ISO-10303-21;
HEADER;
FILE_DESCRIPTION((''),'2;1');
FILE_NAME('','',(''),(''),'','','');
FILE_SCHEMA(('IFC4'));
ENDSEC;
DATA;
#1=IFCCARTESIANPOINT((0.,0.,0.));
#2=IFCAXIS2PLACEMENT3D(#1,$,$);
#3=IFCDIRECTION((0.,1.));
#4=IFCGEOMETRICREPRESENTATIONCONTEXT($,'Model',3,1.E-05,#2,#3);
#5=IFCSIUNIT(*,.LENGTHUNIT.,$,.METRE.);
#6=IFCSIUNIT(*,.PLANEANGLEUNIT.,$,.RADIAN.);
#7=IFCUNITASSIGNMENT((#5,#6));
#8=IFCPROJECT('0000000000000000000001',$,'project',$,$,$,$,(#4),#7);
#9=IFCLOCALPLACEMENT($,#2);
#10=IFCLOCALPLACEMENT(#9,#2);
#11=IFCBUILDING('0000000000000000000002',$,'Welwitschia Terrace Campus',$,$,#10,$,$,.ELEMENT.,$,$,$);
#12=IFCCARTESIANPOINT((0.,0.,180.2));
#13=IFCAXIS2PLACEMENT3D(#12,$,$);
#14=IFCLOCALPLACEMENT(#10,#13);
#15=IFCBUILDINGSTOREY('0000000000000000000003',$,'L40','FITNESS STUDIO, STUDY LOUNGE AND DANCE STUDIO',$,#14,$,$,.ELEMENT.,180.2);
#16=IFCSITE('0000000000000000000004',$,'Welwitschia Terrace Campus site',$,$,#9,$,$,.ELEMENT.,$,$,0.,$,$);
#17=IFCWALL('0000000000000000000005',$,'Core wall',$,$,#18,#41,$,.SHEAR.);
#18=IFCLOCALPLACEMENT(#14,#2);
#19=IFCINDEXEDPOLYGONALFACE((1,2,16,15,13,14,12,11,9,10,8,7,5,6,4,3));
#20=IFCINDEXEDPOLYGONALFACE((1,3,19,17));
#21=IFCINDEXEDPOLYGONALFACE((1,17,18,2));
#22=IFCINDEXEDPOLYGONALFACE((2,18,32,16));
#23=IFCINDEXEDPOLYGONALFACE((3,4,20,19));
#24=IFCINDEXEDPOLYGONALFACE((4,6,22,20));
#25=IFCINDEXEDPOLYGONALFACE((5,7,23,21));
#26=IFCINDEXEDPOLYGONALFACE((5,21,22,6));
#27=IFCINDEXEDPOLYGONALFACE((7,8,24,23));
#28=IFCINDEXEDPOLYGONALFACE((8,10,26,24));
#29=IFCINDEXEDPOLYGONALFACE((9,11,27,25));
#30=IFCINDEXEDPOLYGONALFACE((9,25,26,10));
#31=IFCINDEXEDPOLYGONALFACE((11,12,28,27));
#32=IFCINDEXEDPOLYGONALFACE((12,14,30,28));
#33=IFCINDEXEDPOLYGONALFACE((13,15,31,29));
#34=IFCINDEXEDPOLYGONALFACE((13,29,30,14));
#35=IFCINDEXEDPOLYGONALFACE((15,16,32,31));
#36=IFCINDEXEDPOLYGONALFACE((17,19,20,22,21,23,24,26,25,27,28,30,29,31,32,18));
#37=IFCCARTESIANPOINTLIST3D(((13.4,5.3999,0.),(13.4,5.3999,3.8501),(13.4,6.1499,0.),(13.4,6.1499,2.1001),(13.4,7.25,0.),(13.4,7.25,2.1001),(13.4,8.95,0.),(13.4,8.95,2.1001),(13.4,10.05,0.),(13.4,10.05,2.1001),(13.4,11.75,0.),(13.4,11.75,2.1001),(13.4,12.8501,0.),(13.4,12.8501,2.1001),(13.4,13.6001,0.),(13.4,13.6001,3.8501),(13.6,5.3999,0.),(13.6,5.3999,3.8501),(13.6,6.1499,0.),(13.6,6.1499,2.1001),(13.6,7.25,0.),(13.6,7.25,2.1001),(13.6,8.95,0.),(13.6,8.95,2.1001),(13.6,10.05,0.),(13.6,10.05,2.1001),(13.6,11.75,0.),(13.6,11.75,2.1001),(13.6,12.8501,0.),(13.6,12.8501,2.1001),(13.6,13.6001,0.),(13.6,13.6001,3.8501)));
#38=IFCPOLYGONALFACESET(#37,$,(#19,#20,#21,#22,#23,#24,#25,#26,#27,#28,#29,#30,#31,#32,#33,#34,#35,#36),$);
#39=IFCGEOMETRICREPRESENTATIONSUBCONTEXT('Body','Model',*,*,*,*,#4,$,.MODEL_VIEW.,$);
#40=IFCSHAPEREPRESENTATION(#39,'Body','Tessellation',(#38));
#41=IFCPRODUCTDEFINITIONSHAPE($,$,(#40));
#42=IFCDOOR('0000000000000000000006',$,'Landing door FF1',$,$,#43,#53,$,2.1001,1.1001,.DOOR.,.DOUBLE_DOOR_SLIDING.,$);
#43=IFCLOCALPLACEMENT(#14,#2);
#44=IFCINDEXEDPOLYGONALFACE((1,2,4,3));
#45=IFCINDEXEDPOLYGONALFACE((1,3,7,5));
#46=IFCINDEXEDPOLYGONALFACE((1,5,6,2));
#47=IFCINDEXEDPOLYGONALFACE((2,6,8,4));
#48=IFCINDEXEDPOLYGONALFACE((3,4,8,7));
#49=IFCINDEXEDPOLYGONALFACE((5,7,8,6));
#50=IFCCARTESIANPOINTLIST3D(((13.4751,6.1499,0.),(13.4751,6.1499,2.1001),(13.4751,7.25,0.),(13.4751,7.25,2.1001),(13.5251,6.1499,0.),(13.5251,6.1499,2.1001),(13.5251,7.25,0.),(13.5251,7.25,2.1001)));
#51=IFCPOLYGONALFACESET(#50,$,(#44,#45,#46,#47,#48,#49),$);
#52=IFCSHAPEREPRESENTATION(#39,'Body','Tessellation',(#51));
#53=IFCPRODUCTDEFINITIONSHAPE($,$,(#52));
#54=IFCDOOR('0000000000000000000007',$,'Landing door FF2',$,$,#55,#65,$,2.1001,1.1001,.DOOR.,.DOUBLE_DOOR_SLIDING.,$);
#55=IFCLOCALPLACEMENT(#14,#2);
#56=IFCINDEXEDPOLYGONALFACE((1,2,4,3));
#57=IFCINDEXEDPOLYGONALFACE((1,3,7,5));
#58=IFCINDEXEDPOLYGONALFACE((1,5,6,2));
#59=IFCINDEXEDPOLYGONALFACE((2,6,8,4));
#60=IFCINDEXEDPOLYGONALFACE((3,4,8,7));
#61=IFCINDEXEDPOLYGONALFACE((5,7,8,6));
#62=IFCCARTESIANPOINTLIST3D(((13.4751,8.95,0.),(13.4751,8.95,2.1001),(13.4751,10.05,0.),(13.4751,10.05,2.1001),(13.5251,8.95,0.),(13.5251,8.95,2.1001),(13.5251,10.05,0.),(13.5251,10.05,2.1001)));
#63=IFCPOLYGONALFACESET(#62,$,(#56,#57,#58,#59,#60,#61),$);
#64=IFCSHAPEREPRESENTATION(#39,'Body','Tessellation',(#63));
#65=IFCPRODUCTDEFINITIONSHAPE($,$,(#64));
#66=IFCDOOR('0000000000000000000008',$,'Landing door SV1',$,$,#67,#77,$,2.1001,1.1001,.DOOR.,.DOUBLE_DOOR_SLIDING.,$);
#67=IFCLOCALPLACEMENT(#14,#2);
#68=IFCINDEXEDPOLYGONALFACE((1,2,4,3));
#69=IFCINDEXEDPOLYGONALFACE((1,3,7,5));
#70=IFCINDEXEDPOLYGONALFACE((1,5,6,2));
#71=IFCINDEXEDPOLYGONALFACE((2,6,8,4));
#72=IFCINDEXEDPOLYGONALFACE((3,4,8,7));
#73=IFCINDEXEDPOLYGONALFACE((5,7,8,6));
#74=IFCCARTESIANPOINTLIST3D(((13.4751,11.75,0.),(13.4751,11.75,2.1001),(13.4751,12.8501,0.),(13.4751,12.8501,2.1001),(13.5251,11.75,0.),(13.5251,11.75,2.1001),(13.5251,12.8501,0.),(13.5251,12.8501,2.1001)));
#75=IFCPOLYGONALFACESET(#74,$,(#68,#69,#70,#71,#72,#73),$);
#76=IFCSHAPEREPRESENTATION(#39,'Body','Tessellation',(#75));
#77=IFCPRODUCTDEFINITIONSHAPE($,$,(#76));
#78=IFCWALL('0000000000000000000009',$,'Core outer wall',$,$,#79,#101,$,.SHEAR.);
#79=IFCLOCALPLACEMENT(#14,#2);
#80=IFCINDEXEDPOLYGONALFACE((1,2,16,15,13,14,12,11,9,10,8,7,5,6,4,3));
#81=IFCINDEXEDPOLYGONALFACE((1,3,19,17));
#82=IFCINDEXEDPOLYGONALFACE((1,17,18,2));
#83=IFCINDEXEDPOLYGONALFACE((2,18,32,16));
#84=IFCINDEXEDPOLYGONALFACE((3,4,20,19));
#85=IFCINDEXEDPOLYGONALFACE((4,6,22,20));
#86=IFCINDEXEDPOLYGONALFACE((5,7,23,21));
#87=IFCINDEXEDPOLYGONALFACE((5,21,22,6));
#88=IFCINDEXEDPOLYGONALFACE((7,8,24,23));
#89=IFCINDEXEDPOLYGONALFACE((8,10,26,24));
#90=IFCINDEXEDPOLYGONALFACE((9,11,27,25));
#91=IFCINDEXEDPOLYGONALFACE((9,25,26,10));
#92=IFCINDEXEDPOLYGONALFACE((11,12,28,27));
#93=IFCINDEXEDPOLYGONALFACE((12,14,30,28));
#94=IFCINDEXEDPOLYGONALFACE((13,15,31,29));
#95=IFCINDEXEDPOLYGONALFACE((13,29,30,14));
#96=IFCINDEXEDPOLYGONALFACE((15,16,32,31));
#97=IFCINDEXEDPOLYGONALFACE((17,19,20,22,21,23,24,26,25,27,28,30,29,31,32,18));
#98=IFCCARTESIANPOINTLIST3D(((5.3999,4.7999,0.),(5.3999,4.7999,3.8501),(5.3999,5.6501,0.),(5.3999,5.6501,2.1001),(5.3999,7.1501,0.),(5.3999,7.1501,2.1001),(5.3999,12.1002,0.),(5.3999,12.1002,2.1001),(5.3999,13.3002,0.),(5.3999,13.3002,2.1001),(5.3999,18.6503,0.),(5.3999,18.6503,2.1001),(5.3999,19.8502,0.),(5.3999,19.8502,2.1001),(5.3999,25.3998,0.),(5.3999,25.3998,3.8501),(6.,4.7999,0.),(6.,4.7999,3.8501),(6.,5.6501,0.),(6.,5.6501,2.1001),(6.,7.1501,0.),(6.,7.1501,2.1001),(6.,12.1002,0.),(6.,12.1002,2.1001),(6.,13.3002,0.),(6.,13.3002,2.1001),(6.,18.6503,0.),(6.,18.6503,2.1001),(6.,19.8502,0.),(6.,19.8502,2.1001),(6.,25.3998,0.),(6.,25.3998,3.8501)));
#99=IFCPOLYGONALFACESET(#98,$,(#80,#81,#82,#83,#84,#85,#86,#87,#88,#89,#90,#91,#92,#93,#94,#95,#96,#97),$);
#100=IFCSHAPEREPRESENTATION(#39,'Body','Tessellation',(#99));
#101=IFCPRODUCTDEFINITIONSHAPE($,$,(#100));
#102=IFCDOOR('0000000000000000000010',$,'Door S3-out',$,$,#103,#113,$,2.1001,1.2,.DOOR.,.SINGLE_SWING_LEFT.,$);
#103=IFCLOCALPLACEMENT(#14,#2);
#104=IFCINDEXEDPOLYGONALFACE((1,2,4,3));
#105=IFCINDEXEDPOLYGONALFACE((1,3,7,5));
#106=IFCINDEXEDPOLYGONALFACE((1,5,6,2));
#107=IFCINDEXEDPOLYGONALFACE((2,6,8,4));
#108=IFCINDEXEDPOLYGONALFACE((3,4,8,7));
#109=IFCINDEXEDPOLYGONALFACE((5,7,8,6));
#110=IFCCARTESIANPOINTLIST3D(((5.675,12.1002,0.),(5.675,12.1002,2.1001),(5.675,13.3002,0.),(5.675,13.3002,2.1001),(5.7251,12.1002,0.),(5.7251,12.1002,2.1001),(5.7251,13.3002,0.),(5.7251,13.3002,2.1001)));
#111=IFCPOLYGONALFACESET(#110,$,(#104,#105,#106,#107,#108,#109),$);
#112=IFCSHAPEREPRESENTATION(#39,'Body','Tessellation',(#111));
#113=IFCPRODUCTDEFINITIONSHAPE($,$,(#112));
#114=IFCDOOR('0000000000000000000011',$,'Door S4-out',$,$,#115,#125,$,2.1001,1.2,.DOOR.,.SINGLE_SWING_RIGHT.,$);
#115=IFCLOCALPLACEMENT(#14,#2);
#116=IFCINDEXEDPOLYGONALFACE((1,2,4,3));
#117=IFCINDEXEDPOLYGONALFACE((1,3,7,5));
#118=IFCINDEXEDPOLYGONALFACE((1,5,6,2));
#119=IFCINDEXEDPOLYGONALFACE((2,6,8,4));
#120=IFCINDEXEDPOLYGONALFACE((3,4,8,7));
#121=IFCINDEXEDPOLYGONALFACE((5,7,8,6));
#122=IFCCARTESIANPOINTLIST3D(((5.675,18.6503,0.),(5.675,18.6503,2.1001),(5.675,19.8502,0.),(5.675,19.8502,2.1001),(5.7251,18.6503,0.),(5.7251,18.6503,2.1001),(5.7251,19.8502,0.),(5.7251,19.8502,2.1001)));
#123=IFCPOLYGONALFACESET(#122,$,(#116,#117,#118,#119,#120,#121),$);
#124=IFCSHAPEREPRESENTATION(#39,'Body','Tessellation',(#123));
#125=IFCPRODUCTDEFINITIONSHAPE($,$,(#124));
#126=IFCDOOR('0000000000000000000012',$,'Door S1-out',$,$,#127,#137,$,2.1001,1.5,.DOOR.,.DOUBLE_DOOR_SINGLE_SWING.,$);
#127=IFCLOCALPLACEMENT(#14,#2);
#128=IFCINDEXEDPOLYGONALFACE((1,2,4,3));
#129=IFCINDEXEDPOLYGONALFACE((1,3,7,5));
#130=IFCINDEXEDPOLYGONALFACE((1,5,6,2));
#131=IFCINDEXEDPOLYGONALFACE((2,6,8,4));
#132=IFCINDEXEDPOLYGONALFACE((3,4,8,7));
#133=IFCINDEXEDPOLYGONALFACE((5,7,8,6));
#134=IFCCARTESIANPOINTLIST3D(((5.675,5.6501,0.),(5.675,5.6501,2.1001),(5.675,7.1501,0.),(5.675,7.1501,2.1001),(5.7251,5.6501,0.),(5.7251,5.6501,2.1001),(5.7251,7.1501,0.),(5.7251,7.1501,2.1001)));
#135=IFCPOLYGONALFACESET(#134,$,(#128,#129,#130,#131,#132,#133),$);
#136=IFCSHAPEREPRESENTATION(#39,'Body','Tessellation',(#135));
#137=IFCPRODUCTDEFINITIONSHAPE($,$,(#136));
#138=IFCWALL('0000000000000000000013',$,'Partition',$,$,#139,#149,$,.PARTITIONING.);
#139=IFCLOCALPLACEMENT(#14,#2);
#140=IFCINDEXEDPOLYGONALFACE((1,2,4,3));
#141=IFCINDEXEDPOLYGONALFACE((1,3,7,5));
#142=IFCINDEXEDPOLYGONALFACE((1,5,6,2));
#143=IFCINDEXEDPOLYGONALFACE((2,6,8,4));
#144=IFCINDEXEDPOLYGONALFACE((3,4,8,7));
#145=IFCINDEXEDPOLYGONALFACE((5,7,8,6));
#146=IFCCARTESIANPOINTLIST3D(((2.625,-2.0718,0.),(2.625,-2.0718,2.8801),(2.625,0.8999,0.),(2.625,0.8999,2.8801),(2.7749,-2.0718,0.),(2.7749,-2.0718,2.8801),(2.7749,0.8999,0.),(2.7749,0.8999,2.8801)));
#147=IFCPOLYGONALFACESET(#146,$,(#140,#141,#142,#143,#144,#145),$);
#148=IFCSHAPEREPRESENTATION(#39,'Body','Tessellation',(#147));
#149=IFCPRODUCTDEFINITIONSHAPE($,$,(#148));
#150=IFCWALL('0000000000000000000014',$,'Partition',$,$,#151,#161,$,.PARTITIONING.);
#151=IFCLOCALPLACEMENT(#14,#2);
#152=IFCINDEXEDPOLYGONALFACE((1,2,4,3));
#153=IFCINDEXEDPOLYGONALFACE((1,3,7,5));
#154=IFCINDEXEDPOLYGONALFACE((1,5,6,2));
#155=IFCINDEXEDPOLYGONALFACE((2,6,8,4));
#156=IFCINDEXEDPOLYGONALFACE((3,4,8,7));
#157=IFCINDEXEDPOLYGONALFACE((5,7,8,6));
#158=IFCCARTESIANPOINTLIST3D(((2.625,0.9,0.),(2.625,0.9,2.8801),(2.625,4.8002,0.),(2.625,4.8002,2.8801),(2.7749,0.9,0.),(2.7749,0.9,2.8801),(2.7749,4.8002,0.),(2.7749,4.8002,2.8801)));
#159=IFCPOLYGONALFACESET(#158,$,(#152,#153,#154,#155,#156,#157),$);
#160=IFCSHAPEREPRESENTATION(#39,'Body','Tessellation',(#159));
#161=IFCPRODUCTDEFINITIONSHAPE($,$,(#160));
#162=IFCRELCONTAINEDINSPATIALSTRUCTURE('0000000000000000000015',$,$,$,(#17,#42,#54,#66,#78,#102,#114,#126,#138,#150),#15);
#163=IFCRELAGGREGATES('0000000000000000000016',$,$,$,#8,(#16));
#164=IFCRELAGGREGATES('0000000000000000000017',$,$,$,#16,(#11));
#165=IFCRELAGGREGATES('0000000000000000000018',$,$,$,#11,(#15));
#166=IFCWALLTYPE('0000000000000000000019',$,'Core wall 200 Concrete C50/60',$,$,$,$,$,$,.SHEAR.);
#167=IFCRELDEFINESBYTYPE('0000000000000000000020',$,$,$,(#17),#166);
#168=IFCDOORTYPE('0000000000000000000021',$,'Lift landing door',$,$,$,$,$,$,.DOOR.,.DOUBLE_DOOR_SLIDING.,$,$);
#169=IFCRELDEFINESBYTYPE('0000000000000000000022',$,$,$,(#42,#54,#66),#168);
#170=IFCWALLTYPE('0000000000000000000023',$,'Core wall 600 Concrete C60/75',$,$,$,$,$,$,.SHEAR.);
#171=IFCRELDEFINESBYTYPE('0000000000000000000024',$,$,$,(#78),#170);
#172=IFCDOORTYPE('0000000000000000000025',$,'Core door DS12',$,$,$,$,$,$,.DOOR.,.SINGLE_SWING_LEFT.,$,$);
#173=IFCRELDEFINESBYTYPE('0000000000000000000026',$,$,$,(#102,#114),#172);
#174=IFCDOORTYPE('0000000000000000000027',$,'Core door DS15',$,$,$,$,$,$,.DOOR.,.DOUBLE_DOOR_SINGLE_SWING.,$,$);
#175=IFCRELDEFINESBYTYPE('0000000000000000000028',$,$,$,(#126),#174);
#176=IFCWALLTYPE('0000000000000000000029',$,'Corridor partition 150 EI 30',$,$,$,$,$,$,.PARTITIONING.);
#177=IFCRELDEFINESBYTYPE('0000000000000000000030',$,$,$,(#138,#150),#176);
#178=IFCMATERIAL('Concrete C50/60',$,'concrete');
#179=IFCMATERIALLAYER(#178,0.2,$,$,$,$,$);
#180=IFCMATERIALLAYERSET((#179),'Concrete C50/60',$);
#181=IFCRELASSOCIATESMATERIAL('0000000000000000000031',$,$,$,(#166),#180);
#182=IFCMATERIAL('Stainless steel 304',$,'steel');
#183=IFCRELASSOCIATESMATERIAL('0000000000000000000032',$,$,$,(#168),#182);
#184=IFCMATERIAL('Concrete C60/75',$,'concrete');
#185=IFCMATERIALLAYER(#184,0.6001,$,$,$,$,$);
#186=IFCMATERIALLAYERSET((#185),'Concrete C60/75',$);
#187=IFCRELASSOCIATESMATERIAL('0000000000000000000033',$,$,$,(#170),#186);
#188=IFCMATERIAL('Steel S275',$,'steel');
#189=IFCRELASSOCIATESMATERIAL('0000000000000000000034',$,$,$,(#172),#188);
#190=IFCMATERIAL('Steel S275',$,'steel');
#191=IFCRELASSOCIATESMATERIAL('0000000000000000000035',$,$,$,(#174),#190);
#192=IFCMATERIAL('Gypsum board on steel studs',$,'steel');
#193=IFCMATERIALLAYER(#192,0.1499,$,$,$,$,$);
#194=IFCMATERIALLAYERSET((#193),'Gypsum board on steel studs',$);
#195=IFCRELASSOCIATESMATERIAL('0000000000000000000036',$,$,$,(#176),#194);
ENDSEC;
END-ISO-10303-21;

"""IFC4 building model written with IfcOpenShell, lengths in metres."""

from ifc_helpers import new_model, si_unit, direction, frame, frame_2d, origin, place, context, subcontext, project, spatial, rectangle, extrude, material, layer, layer_set, type_object, element, fill, save


model = new_model("IFC4")

# Units and contexts
model_context = context("Model", 3, precision=1e-05, world=origin(), true_north=direction((0.0, 1.0)))
body_context = subcontext(model_context, "Body", "Model", "MODEL_VIEW")
ifc_project = project(units=[si_unit("LENGTHUNIT", "METRE"), si_unit("PLANEANGLEUNIT", "RADIAN")], contexts=[model_context])

# Site, building, storey
site_placement = place(None, origin())
site = spatial("IfcSite", under=ifc_project, at=site_placement, Name="Welwitschia Terrace Campus site", CompositionType="ELEMENT", RefElevation=0.0)
building_placement = place(site_placement, origin())
building = spatial("IfcBuilding", under=site, at=building_placement, Name="Welwitschia Terrace Campus", CompositionType="ELEMENT")
storey_placement = place(building_placement, frame((0.0, 0.0, 180.2)))
storey = spatial("IfcBuildingStorey", under=building, at=storey_placement, Name="L40", Description="FITNESS STUDIO, STUDY LOUNGE AND DANCE STUDIO", CompositionType="ELEMENT", Elevation=180.2)

# Walls, openings, doors
ifc_material_1 = material(Name="Concrete C50/60", Category="concrete")
ifc_layer_1 = layer(ifc_material_1, 0.2)
ifc_layer_set_1 = layer_set([ifc_layer_1], Name="Concrete C50/60")
wall_type_1 = type_object("IfcWallType", Name="Core wall 200 Concrete C50/60", PredefinedType="SHEAR", material=ifc_layer_set_1)
wall_1_placement = place(storey_placement, frame((13.5, 5.3999, 0.0), z_axis=(0.0, 0.0, 1.0), x_axis=(0.0, 1.0, 0.0)))
wall_1 = element("IfcWall", 1, at=wall_1_placement, inside=storey, type_object=wall_type_1, Name="Core wall", PredefinedType="SHEAR", context=body_context, shape_type="SweptSolid", body=[
    extrude(rectangle(XDim=8.2002, YDim=0.2, at=frame_2d((4.1001, 0.0))), origin(), (0.0, 0.0, 1.0), 3.8501),
])
opening_1_placement = place(wall_1_placement, frame((0.75, 0.0, 0.0)))
opening_1 = element("IfcOpeningElement", 2, at=opening_1_placement, cuts=wall_1, PredefinedType="OPENING", context=body_context, shape_type="SweptSolid", body=[
    extrude(rectangle(XDim=1.1001, YDim=2.1001, at=frame_2d((0.55, 1.05))), frame((0.0, 0.1099, 0.0), z_axis=(0.0, -1.0, 0.0), x_axis=(1.0, 0.0, 0.0)), (0.0, 0.0, 1.0), 0.22),
])
opening_2_placement = place(wall_1_placement, frame((3.55, 0.0, 0.0)))
opening_2 = element("IfcOpeningElement", 3, at=opening_2_placement, cuts=wall_1, PredefinedType="OPENING", context=body_context, shape_type="SweptSolid", body=[
    extrude(rectangle(XDim=1.1001, YDim=2.1001, at=frame_2d((0.55, 1.05))), frame((0.0, 0.1099, 0.0), z_axis=(0.0, -1.0, 0.0), x_axis=(1.0, 0.0, 0.0)), (0.0, 0.0, 1.0), 0.22),
])
opening_3_placement = place(wall_1_placement, frame((6.3501, 0.0, 0.0)))
opening_3 = element("IfcOpeningElement", 4, at=opening_3_placement, cuts=wall_1, PredefinedType="OPENING", context=body_context, shape_type="SweptSolid", body=[
    extrude(rectangle(XDim=1.1001, YDim=2.1001, at=frame_2d((0.55, 1.05))), frame((0.0, 0.1099, 0.0), z_axis=(0.0, -1.0, 0.0), x_axis=(1.0, 0.0, 0.0)), (0.0, 0.0, 1.0), 0.22),
])
ifc_material_2 = material(Name="Stainless steel 304", Category="steel")
door_type_1 = type_object("IfcDoorType", Name="Lift landing door", OperationType="DOUBLE_DOOR_SLIDING", PredefinedType="DOOR", material=ifc_material_2)
door_1_placement = place(opening_1_placement, origin())
door_1 = element("IfcDoor", 5, at=door_1_placement, inside=storey, type_object=door_type_1, Name="Landing door FF1", OperationType="DOUBLE_DOOR_SLIDING", OverallHeight=2.1001, OverallWidth=1.1001, PredefinedType="DOOR", context=body_context, shape_type="SweptSolid", body=[
    extrude(rectangle(XDim=1.1001, YDim=2.1001, at=frame_2d((0.55, 1.05))), frame((0.0, 0.0249, 0.0), z_axis=(0.0, -1.0, 0.0), x_axis=(1.0, 0.0, 0.0)), (0.0, 0.0, 1.0), 0.05),
])
fill(opening_1, door_1)
door_2_placement = place(opening_2_placement, origin())
door_2 = element("IfcDoor", 6, at=door_2_placement, inside=storey, type_object=door_type_1, Name="Landing door FF2", OperationType="DOUBLE_DOOR_SLIDING", OverallHeight=2.1001, OverallWidth=1.1001, PredefinedType="DOOR", context=body_context, shape_type="SweptSolid", body=[
    extrude(rectangle(XDim=1.1001, YDim=2.1001, at=frame_2d((0.55, 1.05))), frame((0.0, 0.0249, 0.0), z_axis=(0.0, -1.0, 0.0), x_axis=(1.0, 0.0, 0.0)), (0.0, 0.0, 1.0), 0.05),
])
fill(opening_2, door_2)
door_3_placement = place(opening_3_placement, origin())
door_3 = element("IfcDoor", 7, at=door_3_placement, inside=storey, type_object=door_type_1, Name="Landing door SV1", OperationType="DOUBLE_DOOR_SLIDING", OverallHeight=2.1001, OverallWidth=1.1001, PredefinedType="DOOR", context=body_context, shape_type="SweptSolid", body=[
    extrude(rectangle(XDim=1.1001, YDim=2.1001, at=frame_2d((0.55, 1.05))), frame((0.0, 0.0249, 0.0), z_axis=(0.0, -1.0, 0.0), x_axis=(1.0, 0.0, 0.0)), (0.0, 0.0, 1.0), 0.05),
])
fill(opening_3, door_3)
ifc_material_3 = material(Name="Concrete C60/75", Category="concrete")
ifc_layer_2 = layer(ifc_material_3, 0.6001)
ifc_layer_set_2 = layer_set([ifc_layer_2], Name="Concrete C60/75")
wall_type_2 = type_object("IfcWallType", Name="Core wall 600 Concrete C60/75", PredefinedType="SHEAR", material=ifc_layer_set_2)
wall_2_placement = place(storey_placement, frame((5.7, 4.8, 0.0), z_axis=(0.0, 0.0, 1.0), x_axis=(0.0, 1.0, 0.0)))
wall_2 = element("IfcWall", 8, at=wall_2_placement, inside=storey, type_object=wall_type_2, Name="Core outer wall", PredefinedType="SHEAR", context=body_context, shape_type="SweptSolid", body=[
    extrude(rectangle(XDim=20.5999, YDim=0.6001, at=frame_2d((10.2998, 0.0))), origin(), (0.0, 0.0, 1.0), 3.8501),
])
opening_4_placement = place(wall_2_placement, frame((0.8501, 0.0, 0.0)))
opening_4 = element("IfcOpeningElement", 9, at=opening_4_placement, cuts=wall_2, PredefinedType="OPENING", context=body_context, shape_type="SweptSolid", body=[
    extrude(rectangle(XDim=1.5, YDim=2.1001, at=frame_2d((0.75, 1.05))), frame((0.0, 0.3101, 0.0), z_axis=(0.0, -1.0, 0.0), x_axis=(1.0, 0.0, 0.0)), (0.0, 0.0, 1.0), 0.6201),
])
opening_5_placement = place(wall_2_placement, frame((7.3, 0.0, 0.0)))
opening_5 = element("IfcOpeningElement", 10, at=opening_5_placement, cuts=wall_2, PredefinedType="OPENING", context=body_context, shape_type="SweptSolid", body=[
    extrude(rectangle(XDim=1.2, YDim=2.1001, at=frame_2d((0.6001, 1.05))), frame((0.0, 0.3101, 0.0), z_axis=(0.0, -1.0, 0.0), x_axis=(1.0, 0.0, 0.0)), (0.0, 0.0, 1.0), 0.6201),
])
opening_6_placement = place(wall_2_placement, frame((13.8501, 0.0, 0.0)))
opening_6 = element("IfcOpeningElement", 11, at=opening_6_placement, cuts=wall_2, PredefinedType="OPENING", context=body_context, shape_type="SweptSolid", body=[
    extrude(rectangle(XDim=1.2, YDim=2.1001, at=frame_2d((0.6001, 1.05))), frame((0.0, 0.3101, 0.0), z_axis=(0.0, -1.0, 0.0), x_axis=(1.0, 0.0, 0.0)), (0.0, 0.0, 1.0), 0.6201),
])
ifc_material_4 = material(Name="Steel S275", Category="steel")
door_type_2 = type_object("IfcDoorType", Name="Core door DS12", OperationType="SINGLE_SWING_LEFT", PredefinedType="DOOR", material=ifc_material_4)
door_4_placement = place(opening_5_placement, origin())
door_4 = element("IfcDoor", 12, at=door_4_placement, inside=storey, type_object=door_type_2, Name="Door S3-out", OperationType="SINGLE_SWING_LEFT", OverallHeight=2.1001, OverallWidth=1.2, PredefinedType="DOOR", context=body_context, shape_type="SweptSolid", body=[
    extrude(rectangle(XDim=1.2, YDim=2.1001, at=frame_2d((0.6001, 1.05))), frame((0.0, 0.0249, 0.0), z_axis=(0.0, -1.0, 0.0), x_axis=(1.0, 0.0, 0.0)), (0.0, 0.0, 1.0), 0.05),
])
fill(opening_5, door_4)
door_5_placement = place(opening_6_placement, origin())
door_5 = element("IfcDoor", 13, at=door_5_placement, inside=storey, type_object=door_type_2, Name="Door S4-out", OperationType="SINGLE_SWING_RIGHT", OverallHeight=2.1001, OverallWidth=1.2, PredefinedType="DOOR", context=body_context, shape_type="SweptSolid", body=[
    extrude(rectangle(XDim=1.2, YDim=2.1001, at=frame_2d((0.6001, 1.05))), frame((0.0, 0.0249, 0.0), z_axis=(0.0, -1.0, 0.0), x_axis=(1.0, 0.0, 0.0)), (0.0, 0.0, 1.0), 0.05),
])
fill(opening_6, door_5)
ifc_material_5 = material(Name="Steel S275", Category="steel")
door_type_3 = type_object("IfcDoorType", Name="Core door DS15", OperationType="DOUBLE_DOOR_SINGLE_SWING", PredefinedType="DOOR", material=ifc_material_5)
door_6_placement = place(opening_4_placement, origin())
door_6 = element("IfcDoor", 14, at=door_6_placement, inside=storey, type_object=door_type_3, Name="Door S1-out", OperationType="DOUBLE_DOOR_SINGLE_SWING", OverallHeight=2.1001, OverallWidth=1.5, PredefinedType="DOOR", context=body_context, shape_type="SweptSolid", body=[
    extrude(rectangle(XDim=1.5, YDim=2.1001, at=frame_2d((0.75, 1.05))), frame((0.0, 0.0249, 0.0), z_axis=(0.0, -1.0, 0.0), x_axis=(1.0, 0.0, 0.0)), (0.0, 0.0, 1.0), 0.05),
])
fill(opening_4, door_6)

# Walls
ifc_material_6 = material(Name="Gypsum board on steel studs", Category="steel")
ifc_layer_3 = layer(ifc_material_6, 0.1499)
ifc_layer_set_3 = layer_set([ifc_layer_3], Name="Gypsum board on steel studs")
wall_type_3 = type_object("IfcWallType", Name="Corridor partition 150 EI 30", PredefinedType="PARTITIONING", material=ifc_layer_set_3)
wall_3_placement = place(storey_placement, frame((2.7, -2.0718, 0.0), z_axis=(0.0, 0.0, 1.0), x_axis=(0.0, 1.0, 0.0)))
element("IfcWall", 15, at=wall_3_placement, inside=storey, type_object=wall_type_3, Name="Partition", PredefinedType="PARTITIONING", context=body_context, shape_type="SweptSolid", body=[
    extrude(rectangle(XDim=2.9717, YDim=0.1499, at=frame_2d((1.4858, 0.0))), origin(), (0.0, 0.0, 1.0), 2.8801),
])
wall_4_placement = place(storey_placement, frame((2.7, 0.8999, 0.0), z_axis=(0.0, 0.0, 1.0), x_axis=(0.0, 1.0, 0.0)))
element("IfcWall", 16, at=wall_4_placement, inside=storey, type_object=wall_type_3, Name="Partition", PredefinedType="PARTITIONING", context=body_context, shape_type="SweptSolid", body=[
    extrude(rectangle(XDim=3.9001, YDim=0.1499, at=frame_2d((1.9502, 0.0))), origin(), (0.0, 0.0, 1.0), 2.8801),
])

save(model, "model.ifc")
